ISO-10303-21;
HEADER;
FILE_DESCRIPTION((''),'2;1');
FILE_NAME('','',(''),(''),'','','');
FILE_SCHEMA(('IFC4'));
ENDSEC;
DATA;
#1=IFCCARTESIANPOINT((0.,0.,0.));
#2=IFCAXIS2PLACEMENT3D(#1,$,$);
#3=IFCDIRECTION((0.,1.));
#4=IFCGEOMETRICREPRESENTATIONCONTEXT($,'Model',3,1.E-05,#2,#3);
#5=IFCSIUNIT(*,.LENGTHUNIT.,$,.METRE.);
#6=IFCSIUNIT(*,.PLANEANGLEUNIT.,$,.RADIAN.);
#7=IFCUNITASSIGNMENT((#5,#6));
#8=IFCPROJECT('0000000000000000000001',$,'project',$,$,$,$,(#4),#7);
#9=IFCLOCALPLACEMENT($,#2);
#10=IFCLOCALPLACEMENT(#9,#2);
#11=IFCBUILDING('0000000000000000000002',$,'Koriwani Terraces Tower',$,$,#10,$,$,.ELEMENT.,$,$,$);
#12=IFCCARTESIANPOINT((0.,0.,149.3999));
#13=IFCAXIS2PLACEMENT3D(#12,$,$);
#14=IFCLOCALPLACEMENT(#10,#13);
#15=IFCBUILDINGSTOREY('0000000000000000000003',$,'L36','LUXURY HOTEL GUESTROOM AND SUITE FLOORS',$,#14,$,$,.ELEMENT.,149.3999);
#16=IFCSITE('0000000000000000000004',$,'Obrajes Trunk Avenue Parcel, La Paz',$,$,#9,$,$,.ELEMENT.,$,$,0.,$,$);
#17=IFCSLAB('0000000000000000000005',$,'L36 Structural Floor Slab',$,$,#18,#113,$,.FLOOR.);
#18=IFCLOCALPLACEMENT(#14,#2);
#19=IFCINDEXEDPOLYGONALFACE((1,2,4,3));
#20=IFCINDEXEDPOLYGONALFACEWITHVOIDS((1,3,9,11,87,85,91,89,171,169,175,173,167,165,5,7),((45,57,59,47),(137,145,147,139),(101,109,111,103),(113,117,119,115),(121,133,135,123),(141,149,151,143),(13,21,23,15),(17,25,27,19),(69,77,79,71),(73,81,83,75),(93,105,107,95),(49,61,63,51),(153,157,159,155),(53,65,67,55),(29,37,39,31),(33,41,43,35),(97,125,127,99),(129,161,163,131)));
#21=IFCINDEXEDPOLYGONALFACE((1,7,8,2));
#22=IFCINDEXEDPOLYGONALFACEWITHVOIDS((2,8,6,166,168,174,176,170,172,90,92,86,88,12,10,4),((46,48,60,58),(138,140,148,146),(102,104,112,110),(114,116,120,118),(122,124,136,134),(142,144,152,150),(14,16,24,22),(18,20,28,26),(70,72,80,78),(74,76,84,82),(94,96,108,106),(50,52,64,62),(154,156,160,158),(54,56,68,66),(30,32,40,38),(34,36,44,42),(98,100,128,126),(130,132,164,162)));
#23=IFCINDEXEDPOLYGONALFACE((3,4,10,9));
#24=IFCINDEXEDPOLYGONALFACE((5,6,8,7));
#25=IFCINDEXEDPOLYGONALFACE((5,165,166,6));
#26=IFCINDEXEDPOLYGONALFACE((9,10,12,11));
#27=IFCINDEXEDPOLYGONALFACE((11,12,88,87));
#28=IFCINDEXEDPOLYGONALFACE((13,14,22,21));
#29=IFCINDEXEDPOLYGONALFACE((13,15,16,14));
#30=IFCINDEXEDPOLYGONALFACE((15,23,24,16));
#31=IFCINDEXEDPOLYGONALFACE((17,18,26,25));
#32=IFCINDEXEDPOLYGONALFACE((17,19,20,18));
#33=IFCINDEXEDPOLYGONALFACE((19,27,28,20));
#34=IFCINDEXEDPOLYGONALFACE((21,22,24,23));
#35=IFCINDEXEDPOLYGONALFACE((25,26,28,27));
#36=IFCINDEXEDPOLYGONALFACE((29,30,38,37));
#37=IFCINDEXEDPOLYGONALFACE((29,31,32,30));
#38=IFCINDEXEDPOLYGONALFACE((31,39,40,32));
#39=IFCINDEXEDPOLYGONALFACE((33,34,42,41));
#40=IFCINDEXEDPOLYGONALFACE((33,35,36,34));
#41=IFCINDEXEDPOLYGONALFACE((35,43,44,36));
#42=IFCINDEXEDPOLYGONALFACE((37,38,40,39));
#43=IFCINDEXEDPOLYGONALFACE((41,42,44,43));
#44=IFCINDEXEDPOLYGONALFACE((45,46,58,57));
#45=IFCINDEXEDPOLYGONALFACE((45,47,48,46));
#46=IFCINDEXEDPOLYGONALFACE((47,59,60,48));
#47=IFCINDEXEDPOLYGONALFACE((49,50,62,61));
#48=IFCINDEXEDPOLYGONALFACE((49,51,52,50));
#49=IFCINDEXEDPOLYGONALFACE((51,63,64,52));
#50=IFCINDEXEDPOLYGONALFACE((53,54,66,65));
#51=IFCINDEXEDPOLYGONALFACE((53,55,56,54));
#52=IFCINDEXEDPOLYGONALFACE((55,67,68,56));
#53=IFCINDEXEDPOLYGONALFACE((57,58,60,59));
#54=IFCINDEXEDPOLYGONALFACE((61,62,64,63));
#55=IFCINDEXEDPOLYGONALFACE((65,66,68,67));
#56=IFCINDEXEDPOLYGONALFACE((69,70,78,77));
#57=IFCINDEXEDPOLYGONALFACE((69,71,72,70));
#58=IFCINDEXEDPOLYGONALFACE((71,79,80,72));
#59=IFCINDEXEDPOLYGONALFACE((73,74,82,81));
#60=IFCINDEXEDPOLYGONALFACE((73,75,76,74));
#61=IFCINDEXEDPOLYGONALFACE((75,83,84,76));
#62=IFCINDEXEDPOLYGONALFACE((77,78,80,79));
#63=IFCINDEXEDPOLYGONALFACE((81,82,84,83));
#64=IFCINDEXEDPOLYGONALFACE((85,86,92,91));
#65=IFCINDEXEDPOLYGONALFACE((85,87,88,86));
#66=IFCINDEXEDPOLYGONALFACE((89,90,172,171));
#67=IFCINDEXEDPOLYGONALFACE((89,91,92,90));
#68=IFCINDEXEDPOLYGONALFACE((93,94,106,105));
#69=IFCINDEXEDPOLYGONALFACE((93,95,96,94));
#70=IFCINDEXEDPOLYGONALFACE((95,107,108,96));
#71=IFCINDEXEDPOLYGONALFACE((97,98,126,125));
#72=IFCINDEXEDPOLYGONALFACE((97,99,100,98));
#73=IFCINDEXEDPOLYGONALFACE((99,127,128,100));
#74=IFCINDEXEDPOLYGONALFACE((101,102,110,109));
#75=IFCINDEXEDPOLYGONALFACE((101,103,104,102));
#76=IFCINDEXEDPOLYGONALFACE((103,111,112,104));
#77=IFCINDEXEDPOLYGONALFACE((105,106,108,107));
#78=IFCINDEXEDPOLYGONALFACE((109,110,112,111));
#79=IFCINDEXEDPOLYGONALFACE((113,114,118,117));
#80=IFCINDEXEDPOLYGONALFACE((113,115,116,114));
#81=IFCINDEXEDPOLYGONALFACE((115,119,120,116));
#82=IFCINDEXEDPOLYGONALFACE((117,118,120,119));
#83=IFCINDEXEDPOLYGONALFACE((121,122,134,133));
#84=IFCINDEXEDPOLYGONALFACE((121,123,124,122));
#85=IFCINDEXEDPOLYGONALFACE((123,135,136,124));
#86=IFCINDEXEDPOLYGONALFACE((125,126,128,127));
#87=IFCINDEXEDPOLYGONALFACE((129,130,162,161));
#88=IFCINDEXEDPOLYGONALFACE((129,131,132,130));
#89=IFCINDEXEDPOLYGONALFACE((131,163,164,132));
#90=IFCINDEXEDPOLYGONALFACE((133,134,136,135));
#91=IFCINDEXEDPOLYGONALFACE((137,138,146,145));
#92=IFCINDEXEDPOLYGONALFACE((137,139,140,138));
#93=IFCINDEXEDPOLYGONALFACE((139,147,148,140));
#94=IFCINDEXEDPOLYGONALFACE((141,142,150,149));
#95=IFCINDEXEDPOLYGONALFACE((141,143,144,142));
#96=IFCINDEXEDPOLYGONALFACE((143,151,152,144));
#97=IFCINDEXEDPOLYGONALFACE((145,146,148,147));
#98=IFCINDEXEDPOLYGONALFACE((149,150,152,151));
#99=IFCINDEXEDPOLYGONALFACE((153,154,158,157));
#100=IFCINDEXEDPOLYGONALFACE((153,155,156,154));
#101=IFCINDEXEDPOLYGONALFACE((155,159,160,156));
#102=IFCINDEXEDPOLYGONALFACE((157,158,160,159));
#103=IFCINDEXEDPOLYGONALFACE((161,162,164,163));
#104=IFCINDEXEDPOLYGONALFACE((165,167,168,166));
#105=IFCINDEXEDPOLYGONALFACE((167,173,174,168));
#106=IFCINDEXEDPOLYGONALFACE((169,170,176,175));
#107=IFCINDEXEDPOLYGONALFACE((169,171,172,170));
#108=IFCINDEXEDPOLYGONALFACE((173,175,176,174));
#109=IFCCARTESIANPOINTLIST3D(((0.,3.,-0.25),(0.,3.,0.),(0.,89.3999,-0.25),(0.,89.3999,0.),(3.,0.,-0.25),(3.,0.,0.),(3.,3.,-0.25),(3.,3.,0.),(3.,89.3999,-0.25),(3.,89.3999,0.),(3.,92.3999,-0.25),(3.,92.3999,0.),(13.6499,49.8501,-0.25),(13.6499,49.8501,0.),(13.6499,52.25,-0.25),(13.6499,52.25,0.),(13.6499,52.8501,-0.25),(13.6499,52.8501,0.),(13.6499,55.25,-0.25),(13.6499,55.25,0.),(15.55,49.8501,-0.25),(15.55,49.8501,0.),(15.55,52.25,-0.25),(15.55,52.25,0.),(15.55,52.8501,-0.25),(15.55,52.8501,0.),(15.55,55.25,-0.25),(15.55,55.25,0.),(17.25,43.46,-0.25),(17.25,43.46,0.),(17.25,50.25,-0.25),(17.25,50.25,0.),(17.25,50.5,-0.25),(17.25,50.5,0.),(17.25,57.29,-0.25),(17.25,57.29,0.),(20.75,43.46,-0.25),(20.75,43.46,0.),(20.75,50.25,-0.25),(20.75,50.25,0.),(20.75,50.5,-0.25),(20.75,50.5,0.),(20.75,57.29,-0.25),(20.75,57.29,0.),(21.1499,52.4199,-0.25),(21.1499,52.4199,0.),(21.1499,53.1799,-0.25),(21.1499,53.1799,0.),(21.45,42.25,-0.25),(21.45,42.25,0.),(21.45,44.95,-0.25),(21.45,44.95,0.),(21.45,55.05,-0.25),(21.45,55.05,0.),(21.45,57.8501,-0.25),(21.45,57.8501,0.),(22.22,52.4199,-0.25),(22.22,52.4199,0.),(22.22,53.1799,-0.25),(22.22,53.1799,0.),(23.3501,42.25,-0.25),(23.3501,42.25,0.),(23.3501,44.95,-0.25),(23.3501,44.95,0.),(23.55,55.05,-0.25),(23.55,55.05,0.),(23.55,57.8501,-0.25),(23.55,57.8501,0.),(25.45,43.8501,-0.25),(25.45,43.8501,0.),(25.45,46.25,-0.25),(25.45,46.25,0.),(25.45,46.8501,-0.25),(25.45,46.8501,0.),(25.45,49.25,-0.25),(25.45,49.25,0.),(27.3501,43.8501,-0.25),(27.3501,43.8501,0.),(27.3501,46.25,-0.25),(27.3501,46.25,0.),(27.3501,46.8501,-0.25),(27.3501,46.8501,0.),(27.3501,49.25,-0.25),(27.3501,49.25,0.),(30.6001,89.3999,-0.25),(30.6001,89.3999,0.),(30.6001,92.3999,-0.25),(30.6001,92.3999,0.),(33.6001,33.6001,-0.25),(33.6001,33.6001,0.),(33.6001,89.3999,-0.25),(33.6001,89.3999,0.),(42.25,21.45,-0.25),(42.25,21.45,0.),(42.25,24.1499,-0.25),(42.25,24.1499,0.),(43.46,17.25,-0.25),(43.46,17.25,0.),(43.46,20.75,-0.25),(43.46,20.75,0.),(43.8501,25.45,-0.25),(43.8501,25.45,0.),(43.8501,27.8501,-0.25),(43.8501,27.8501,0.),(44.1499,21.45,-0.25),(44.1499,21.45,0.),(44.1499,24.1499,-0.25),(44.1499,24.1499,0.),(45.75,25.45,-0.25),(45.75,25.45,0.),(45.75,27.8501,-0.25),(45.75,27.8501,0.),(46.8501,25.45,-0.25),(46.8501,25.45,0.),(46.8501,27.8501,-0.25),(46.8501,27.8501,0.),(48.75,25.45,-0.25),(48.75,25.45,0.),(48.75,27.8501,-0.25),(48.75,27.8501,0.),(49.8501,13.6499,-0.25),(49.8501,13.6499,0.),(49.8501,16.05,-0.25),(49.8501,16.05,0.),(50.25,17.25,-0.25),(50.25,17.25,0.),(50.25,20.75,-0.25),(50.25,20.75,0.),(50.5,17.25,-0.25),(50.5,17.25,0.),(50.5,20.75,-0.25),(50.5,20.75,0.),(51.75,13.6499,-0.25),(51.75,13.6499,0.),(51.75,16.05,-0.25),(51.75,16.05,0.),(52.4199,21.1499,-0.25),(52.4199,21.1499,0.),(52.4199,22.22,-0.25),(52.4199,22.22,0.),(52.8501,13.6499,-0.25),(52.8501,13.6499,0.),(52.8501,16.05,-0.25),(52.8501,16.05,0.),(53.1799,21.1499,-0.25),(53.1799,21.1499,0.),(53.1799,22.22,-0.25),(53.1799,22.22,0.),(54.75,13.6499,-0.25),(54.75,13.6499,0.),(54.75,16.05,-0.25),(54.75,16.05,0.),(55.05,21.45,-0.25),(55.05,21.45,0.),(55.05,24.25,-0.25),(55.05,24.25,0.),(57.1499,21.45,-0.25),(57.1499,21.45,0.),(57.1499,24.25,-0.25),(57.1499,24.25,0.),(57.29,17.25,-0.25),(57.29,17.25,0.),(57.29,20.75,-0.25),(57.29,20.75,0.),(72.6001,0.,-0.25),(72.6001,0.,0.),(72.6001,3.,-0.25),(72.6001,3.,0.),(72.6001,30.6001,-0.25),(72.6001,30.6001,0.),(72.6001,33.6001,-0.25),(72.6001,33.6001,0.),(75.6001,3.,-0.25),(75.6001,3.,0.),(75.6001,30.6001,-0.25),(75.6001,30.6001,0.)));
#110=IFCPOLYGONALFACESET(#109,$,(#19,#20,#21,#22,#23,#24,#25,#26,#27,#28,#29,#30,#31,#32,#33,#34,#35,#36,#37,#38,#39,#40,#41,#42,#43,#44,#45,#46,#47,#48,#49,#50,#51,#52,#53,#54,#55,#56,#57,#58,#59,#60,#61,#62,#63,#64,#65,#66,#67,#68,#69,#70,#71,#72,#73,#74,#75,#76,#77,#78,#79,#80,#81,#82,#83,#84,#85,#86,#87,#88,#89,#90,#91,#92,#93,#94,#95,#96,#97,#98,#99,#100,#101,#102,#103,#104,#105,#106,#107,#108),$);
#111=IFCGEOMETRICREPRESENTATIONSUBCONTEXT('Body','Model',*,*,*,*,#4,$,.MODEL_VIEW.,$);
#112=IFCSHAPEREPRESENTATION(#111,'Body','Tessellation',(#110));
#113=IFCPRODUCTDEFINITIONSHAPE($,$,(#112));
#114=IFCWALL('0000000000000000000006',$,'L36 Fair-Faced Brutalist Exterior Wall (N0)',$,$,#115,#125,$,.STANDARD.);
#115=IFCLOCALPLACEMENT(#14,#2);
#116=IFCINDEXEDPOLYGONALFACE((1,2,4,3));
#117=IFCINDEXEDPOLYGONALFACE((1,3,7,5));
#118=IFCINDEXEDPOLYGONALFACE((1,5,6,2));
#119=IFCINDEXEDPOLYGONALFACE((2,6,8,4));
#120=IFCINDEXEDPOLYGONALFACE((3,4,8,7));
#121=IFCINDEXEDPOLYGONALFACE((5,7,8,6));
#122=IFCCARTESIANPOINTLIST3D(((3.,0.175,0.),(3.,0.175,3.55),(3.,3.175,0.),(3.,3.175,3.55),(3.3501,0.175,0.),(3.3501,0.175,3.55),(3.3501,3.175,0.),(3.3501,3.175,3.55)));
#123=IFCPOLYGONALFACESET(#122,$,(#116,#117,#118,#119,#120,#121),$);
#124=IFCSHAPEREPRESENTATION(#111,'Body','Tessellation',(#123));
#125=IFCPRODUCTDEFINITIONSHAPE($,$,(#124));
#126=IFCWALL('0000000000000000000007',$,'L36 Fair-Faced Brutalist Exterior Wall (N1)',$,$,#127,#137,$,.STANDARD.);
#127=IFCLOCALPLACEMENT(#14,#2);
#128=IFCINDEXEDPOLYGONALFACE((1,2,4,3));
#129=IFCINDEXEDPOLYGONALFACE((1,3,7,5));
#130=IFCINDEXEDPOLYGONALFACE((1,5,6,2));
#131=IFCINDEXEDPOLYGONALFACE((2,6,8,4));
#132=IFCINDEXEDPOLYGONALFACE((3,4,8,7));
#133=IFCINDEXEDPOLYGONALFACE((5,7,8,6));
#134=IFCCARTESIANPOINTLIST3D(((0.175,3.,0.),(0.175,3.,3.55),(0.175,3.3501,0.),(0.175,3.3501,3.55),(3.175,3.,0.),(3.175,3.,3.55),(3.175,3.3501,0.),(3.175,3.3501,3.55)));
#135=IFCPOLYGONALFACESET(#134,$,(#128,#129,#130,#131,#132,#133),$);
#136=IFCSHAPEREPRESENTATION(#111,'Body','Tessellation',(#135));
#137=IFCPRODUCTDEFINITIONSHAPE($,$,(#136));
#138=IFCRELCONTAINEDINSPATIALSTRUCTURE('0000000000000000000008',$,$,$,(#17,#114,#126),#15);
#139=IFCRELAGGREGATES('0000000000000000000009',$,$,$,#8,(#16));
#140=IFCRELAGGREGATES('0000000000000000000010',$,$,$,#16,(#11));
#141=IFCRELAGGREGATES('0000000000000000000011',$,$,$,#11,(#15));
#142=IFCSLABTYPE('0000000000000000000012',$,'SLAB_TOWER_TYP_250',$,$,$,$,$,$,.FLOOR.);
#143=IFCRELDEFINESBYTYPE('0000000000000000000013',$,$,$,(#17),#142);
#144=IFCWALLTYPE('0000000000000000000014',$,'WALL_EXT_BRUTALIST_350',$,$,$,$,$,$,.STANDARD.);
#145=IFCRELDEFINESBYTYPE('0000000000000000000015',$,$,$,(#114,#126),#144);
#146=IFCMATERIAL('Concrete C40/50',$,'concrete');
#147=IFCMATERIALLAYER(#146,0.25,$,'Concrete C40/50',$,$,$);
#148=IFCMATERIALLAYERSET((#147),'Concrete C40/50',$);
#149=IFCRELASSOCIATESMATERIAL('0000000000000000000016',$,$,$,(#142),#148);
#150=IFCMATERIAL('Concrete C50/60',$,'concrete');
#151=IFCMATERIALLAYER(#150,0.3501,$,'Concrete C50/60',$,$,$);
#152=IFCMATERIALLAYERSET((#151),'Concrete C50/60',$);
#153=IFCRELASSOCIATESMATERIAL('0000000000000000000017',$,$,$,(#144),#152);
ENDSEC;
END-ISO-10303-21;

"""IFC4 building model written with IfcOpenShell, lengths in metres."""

from ifc_helpers import new_model, si_unit, direction, frame, frame_2d, origin, place, context, subcontext, project, spatial, polyline, rectangle, outline, extrude, material, layer, layer_set, type_object, element, save


model = new_model("IFC4")

# Units and contexts
model_context = context("Model", 3, precision=1e-05, world=origin(), true_north=direction((0.0, 1.0)))
body_context = subcontext(model_context, "Body", "Model", "MODEL_VIEW")
ifc_project = project(units=[si_unit("LENGTHUNIT", "METRE"), si_unit("PLANEANGLEUNIT", "RADIAN")], contexts=[model_context])

# Site, building, storey
site_placement = place(None, origin())
site = spatial("IfcSite", under=ifc_project, at=site_placement, Name="Obrajes Trunk Avenue Parcel, La Paz", CompositionType="ELEMENT", RefElevation=0.0)
building_placement = place(site_placement, origin())
building = spatial("IfcBuilding", under=site, at=building_placement, Name="Koriwani Terraces Tower", CompositionType="ELEMENT")
storey_placement = place(building_placement, frame((0.0, 0.0, 149.3999)))
storey = spatial("IfcBuildingStorey", under=building, at=storey_placement, Name="L36", Description="LUXURY HOTEL GUESTROOM AND SUITE FLOORS", CompositionType="ELEMENT", Elevation=149.3999)

# Shared definitions
ifc_material_1 = material(Name="Concrete C40/50", Category="concrete")

# Slab
ifc_layer_1 = layer(ifc_material_1, 0.25, Name="Concrete C40/50")
ifc_layer_set_1 = layer_set([ifc_layer_1], Name="Concrete C40/50")
slab_type_1 = type_object("IfcSlabType", Name="SLAB_TOWER_TYP_250", PredefinedType="FLOOR", material=ifc_layer_set_1)
slab_1_placement = place(storey_placement, frame((0.0, 0.0, -0.25)))
element("IfcSlab", 1, at=slab_1_placement, inside=storey, type_object=slab_type_1, Name="L36 Structural Floor Slab", PredefinedType="FLOOR", context=body_context, shape_type="SweptSolid", body=[
    extrude(outline(polyline([(3.0, 0.0), (72.6001, 0.0), (72.6001, 3.0), (75.6001, 3.0), (75.6001, 30.6001), (72.6001, 30.6001), (72.6001, 33.6001), (33.6001, 33.6001), (33.6001, 89.3999), (30.6001, 89.3999), (30.6001, 92.3999), (3.0, 92.3999), (3.0, 89.3999), (0.0, 89.3999), (0.0, 3.0), (3.0, 3.0), (3.0, 0.0)]), holes=[polyline([(17.25, 43.46), (20.75, 43.46), (20.75, 50.25), (17.25, 50.25), (17.25, 43.46)]), polyline([(17.25, 50.5), (20.75, 50.5), (20.75, 57.29), (17.25, 57.29), (17.25, 50.5)]), polyline([(43.46, 17.25), (50.25, 17.25), (50.25, 20.75), (43.46, 20.75), (43.46, 17.25)]), polyline([(50.5, 17.25), (57.29, 17.25), (57.29, 20.75), (50.5, 20.75), (50.5, 17.25)]), polyline([(13.6499, 49.8501), (15.55, 49.8501), (15.55, 52.25), (13.6499, 52.25), (13.6499, 49.8501)]), polyline([(13.6499, 52.8501), (15.55, 52.8501), (15.55, 55.25), (13.6499, 55.25), (13.6499, 52.8501)]), polyline([(49.8501, 13.6499), (51.75, 13.6499), (51.75, 16.05), (49.8501, 16.05), (49.8501, 13.6499)]), polyline([(52.8501, 13.6499), (54.75, 13.6499), (54.75, 16.05), (52.8501, 16.05), (52.8501, 13.6499)]), polyline([(25.45, 43.8501), (27.3501, 43.8501), (27.3501, 46.25), (25.45, 46.25), (25.45, 43.8501)]), polyline([(25.45, 46.8501), (27.3501, 46.8501), (27.3501, 49.25), (25.45, 49.25), (25.45, 46.8501)]), polyline([(43.8501, 25.45), (45.75, 25.45), (45.75, 27.8501), (43.8501, 27.8501), (43.8501, 25.45)]), polyline([(46.8501, 25.45), (48.75, 25.45), (48.75, 27.8501), (46.8501, 27.8501), (46.8501, 25.45)]), polyline([(21.45, 55.05), (23.55, 55.05), (23.55, 57.8501), (21.45, 57.8501), (21.45, 55.05)]), polyline([(55.05, 21.45), (57.1499, 21.45), (57.1499, 24.25), (55.05, 24.25), (55.05, 21.45)]), polyline([(21.45, 42.25), (23.3501, 42.25), (23.3501, 44.95), (21.45, 44.95), (21.45, 42.25)]), polyline([(42.25, 21.45), (44.1499, 21.45), (44.1499, 24.1499), (42.25, 24.1499), (42.25, 21.45)]), polyline([(21.1499, 52.4199), (22.22, 52.4199), (22.22, 53.1799), (21.1499, 53.1799), (21.1499, 52.4199)]), polyline([(52.4199, 21.1499), (53.1799, 21.1499), (53.1799, 22.22), (52.4199, 22.22), (52.4199, 21.1499)])]), origin(), (0.0, 0.0, 1.0), 0.25),
])

# Walls
ifc_material_2 = material(Name="Concrete C50/60", Category="concrete")
ifc_layer_2 = layer(ifc_material_2, 0.3501, Name="Concrete C50/60")
ifc_layer_set_2 = layer_set([ifc_layer_2], Name="Concrete C50/60")
wall_type = type_object("IfcWallType", Name="WALL_EXT_BRUTALIST_350", PredefinedType="STANDARD", material=ifc_layer_set_2)
for number, where, z_axis, x_axis, name in (
    (2, (3.175, 0.175, 0.0), (0.0, 0.0, 1.0), (0.0, 1.0, 0.0), "L36 Fair-Faced Brutalist Exterior Wall (N0)"),
    (3, (3.175, 3.175, 0.0), (0.0, 0.0, 1.0), (-1.0, 0.0, 0.0), "L36 Fair-Faced Brutalist Exterior Wall (N1)"),
):
    element("IfcWall", number, at=place(storey_placement, frame(where, z_axis=z_axis, x_axis=x_axis)), inside=storey, type_object=wall_type, Name=name, PredefinedType="STANDARD", context=body_context, shape_type="SweptSolid", body=[
        extrude(rectangle(XDim=3.0, YDim=0.3501, at=frame_2d((1.5, 0.0))), origin(), (0.0, 0.0, 1.0), 3.55),
    ])

save(model, "model.ifc")
